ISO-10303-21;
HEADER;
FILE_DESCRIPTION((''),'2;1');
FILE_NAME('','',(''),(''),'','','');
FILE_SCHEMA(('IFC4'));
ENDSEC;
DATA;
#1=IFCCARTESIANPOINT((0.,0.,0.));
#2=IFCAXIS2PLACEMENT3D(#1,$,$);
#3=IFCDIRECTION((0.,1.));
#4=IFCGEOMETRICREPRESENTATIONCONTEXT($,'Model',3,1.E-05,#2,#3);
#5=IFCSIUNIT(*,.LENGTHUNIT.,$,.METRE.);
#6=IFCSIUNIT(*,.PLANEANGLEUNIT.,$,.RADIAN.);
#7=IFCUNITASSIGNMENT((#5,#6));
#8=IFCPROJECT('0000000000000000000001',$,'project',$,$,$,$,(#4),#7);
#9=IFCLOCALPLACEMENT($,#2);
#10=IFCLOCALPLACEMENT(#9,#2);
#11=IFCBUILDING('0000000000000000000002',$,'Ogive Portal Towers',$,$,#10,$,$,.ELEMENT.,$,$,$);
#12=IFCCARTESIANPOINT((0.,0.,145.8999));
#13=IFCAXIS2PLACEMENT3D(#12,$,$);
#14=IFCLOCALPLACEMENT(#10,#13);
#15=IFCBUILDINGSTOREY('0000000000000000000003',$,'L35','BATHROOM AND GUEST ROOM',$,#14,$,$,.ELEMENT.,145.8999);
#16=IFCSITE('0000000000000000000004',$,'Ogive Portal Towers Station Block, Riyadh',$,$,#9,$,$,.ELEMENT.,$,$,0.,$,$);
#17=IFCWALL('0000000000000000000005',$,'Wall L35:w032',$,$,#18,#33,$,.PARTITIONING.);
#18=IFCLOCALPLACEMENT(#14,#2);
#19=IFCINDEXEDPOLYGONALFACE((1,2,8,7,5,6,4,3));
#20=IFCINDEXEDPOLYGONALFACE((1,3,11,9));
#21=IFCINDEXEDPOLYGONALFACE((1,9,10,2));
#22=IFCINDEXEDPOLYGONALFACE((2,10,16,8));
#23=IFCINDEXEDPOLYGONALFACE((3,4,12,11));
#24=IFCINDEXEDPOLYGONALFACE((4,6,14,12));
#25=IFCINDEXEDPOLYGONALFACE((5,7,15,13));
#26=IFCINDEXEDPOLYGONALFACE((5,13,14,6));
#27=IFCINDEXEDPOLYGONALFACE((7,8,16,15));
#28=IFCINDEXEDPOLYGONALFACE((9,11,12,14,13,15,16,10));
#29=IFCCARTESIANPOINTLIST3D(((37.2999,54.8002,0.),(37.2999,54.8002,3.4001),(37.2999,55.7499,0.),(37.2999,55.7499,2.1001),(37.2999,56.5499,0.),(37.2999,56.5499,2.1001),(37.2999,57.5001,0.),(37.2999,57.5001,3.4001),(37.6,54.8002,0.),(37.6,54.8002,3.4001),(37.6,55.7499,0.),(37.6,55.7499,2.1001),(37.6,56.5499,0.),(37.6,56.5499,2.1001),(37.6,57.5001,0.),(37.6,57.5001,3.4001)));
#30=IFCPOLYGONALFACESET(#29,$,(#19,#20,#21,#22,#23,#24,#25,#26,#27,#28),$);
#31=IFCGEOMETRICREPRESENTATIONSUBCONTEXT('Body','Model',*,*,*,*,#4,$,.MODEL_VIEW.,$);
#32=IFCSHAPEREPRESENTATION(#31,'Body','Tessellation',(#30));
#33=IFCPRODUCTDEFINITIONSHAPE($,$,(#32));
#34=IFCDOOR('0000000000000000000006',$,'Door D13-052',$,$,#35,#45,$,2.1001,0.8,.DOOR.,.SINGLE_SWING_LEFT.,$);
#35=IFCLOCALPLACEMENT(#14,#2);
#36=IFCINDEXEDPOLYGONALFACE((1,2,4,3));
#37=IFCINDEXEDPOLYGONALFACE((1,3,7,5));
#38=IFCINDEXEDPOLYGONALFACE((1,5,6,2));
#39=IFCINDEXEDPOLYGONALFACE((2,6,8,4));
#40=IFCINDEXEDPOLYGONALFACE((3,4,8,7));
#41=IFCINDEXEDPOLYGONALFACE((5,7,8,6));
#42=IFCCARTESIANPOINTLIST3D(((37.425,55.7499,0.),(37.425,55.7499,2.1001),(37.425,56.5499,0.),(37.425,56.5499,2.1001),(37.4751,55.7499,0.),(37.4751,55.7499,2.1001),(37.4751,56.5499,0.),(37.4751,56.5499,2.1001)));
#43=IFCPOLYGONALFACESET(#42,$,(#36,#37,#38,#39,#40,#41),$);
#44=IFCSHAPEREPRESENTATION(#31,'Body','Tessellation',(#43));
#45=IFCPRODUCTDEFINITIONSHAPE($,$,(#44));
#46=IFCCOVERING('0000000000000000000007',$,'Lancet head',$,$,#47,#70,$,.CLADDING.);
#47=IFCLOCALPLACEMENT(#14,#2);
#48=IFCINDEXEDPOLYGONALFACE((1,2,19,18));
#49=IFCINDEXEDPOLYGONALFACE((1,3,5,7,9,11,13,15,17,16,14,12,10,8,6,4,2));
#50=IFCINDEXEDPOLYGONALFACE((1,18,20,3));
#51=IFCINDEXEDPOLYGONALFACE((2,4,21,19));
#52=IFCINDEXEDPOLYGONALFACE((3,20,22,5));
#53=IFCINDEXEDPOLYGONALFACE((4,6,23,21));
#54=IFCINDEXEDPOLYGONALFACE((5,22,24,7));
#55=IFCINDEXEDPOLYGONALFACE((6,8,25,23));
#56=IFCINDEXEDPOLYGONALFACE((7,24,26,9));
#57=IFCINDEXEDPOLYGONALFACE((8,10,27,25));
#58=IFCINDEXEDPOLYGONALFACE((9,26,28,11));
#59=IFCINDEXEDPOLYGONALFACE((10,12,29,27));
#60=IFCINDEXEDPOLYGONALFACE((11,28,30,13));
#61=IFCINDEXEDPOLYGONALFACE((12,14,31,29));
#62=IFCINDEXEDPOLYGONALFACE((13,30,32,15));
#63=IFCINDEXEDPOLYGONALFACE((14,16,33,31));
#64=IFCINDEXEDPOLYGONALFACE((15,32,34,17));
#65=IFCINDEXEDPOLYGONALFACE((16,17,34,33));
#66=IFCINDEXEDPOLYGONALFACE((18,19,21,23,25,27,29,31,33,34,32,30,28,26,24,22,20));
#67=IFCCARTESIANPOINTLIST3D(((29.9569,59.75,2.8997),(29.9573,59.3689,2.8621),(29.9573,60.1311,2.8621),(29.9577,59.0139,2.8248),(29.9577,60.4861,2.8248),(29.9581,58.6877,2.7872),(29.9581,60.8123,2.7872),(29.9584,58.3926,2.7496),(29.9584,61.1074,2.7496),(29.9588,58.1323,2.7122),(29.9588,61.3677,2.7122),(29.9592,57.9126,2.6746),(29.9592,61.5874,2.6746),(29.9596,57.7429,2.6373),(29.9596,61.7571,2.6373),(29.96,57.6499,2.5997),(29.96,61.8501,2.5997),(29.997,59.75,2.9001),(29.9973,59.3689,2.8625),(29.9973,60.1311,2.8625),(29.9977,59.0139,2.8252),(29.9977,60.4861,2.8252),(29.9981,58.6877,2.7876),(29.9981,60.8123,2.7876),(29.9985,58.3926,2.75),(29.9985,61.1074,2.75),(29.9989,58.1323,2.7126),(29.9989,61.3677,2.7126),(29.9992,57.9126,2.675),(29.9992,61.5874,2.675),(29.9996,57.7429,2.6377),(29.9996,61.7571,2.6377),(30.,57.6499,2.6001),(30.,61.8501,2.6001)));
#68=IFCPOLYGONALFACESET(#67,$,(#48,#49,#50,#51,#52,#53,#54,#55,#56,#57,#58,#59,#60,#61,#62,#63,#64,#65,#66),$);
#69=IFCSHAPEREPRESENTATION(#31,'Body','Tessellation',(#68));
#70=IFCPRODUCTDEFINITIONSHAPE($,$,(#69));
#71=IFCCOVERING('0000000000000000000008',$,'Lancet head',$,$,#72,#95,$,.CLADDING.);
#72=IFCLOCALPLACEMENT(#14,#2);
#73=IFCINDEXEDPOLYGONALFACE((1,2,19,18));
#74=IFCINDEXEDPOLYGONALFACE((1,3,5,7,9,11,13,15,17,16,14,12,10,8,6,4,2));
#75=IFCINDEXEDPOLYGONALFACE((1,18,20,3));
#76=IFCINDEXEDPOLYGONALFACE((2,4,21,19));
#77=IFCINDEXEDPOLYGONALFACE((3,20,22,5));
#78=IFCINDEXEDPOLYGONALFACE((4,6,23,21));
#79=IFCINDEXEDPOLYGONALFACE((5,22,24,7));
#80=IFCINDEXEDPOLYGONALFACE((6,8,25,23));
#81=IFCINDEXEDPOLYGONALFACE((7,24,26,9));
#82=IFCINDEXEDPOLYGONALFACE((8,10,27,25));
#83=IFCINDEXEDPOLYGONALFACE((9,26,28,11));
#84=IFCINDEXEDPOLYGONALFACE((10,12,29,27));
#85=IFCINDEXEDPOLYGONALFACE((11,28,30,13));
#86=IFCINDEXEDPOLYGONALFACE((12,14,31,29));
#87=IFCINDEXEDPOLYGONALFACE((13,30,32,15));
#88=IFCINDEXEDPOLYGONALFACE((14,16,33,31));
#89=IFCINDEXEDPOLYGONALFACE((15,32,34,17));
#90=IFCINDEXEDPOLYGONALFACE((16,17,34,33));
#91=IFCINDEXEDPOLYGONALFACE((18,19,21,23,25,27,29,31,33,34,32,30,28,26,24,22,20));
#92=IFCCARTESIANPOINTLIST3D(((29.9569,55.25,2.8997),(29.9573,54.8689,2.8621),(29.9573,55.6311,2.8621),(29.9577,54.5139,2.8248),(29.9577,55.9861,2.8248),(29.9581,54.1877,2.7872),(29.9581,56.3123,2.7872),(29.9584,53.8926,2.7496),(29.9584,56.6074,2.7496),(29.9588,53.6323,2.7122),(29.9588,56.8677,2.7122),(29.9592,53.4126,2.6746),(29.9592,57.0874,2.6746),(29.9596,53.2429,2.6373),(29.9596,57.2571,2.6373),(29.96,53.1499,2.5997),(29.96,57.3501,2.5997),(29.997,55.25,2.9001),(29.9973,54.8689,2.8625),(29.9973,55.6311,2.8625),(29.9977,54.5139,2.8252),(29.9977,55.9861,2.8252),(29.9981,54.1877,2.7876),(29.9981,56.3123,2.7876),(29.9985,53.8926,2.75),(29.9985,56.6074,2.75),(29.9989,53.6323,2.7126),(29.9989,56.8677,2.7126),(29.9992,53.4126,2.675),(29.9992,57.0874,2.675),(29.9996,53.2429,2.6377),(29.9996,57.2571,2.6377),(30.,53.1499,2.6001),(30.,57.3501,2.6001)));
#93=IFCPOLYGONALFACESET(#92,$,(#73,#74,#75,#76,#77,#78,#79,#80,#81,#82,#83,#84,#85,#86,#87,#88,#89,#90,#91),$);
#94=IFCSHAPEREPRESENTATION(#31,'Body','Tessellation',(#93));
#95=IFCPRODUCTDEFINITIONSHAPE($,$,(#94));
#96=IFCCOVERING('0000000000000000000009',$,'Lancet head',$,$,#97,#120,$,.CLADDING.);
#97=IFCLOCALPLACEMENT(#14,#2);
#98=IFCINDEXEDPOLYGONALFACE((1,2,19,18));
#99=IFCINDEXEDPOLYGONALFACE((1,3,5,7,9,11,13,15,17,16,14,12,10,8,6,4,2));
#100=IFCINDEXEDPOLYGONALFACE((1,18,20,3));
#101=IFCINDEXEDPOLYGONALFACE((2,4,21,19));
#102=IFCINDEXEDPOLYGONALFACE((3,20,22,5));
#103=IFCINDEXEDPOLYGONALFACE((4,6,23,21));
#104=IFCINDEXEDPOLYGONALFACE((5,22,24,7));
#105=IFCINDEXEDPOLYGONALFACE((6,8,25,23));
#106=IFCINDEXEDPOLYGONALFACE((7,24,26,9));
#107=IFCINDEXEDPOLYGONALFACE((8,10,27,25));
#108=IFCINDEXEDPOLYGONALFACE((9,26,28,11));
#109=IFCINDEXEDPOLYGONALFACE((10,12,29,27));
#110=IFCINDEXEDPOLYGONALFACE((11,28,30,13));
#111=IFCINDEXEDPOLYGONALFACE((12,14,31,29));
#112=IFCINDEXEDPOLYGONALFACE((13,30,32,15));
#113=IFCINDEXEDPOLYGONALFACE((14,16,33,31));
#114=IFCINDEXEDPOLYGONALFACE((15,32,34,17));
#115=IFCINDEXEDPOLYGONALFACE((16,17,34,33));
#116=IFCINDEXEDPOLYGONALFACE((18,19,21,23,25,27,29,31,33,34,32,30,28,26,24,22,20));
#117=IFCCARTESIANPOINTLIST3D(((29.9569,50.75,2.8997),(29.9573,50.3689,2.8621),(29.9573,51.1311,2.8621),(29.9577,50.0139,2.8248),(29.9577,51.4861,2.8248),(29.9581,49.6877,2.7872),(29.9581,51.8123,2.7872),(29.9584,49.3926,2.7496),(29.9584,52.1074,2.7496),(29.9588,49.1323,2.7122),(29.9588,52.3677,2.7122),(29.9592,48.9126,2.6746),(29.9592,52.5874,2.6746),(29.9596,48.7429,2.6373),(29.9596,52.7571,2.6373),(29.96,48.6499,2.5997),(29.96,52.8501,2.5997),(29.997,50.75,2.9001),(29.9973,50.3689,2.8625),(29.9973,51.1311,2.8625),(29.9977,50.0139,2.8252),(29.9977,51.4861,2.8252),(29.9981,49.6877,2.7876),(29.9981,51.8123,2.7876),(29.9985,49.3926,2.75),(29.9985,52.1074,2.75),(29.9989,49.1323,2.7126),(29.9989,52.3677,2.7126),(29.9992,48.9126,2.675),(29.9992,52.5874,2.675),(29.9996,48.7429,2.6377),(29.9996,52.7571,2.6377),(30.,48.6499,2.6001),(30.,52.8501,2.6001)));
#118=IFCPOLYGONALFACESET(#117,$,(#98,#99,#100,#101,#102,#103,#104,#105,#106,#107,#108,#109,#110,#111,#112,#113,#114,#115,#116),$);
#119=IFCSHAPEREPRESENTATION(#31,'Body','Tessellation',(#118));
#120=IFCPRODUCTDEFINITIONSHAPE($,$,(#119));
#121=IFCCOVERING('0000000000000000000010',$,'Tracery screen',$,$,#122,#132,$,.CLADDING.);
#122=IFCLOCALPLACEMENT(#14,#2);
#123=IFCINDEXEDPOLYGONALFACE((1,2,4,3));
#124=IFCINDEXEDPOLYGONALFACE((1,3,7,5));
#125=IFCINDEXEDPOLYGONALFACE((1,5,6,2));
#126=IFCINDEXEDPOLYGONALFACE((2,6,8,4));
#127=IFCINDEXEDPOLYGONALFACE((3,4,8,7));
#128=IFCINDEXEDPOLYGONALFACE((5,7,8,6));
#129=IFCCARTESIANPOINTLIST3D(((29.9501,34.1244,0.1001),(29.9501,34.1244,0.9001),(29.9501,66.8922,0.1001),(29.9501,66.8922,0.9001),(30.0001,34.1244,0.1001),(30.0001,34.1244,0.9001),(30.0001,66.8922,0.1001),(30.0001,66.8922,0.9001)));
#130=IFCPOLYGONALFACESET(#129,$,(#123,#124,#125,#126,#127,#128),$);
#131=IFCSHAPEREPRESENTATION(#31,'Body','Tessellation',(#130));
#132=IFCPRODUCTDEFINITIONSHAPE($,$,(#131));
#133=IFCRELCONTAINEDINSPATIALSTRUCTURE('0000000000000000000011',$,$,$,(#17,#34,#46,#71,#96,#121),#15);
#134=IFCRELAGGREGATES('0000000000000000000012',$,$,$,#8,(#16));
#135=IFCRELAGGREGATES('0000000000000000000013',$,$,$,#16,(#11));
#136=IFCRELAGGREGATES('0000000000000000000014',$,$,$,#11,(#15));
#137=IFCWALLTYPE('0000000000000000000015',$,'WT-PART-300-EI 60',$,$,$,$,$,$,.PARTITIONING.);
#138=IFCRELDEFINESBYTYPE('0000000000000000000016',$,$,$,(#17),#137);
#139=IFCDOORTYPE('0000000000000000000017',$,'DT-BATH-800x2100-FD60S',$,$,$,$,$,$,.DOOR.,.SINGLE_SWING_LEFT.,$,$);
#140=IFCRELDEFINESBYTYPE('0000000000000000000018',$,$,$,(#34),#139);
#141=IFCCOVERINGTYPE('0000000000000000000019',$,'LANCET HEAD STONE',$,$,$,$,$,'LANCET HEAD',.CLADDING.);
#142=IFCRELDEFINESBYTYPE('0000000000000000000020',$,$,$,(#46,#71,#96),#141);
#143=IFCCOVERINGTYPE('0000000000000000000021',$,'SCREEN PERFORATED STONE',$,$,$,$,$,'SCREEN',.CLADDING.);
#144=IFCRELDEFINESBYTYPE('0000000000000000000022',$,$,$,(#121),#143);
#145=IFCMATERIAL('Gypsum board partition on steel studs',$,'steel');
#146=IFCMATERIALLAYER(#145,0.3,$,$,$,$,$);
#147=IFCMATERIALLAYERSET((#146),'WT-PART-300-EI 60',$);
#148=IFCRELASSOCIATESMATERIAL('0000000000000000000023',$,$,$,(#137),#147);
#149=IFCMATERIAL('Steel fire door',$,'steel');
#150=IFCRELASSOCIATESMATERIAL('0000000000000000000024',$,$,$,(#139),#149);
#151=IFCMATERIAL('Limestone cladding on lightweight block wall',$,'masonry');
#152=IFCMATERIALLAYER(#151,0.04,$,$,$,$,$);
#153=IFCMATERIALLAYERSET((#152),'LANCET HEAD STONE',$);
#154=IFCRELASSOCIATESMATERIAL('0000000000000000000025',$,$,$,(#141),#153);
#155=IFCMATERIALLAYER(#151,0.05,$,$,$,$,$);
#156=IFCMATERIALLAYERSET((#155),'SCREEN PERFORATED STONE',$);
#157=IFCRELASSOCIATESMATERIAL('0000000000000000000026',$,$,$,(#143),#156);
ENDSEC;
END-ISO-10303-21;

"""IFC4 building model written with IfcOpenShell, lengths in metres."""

from ifc_helpers import new_model, si_unit, direction, frame, frame_2d, origin, origin_2d, place, context, subcontext, project, spatial, polyline, rectangle, outline, extrude, material, layer, layer_set, type_object, element, fill, save


model = new_model("IFC4")

# Units and contexts
model_context = context("Model", 3, precision=1e-05, world=origin(), true_north=direction((0.0, 1.0)))
body_context = subcontext(model_context, "Body", "Model", "MODEL_VIEW")
ifc_project = project(units=[si_unit("LENGTHUNIT", "METRE"), si_unit("PLANEANGLEUNIT", "RADIAN")], contexts=[model_context])

# Site, building, storey
site_placement = place(None, origin())
site = spatial("IfcSite", under=ifc_project, at=site_placement, Name="Ogive Portal Towers Station Block, Riyadh", CompositionType="ELEMENT", RefElevation=0.0)
building_placement = place(site_placement, origin())
building = spatial("IfcBuilding", under=site, at=building_placement, Name="Ogive Portal Towers", CompositionType="ELEMENT")
storey_placement = place(building_placement, frame((0.0, 0.0, 145.8999)))
storey = spatial("IfcBuildingStorey", under=building, at=storey_placement, Name="L35", Description="BATHROOM AND GUEST ROOM", CompositionType="ELEMENT", Elevation=145.8999)

# Shared definitions
ifc_material_1 = material(Name="Gypsum board partition on steel studs", Category="steel")
ifc_layer_1 = layer(ifc_material_1, 0.3)
ifc_layer_set_1 = layer_set([ifc_layer_1], Name="WT-PART-300-EI 60")
wall_type = type_object("IfcWallType", Name="WT-PART-300-EI 60", PredefinedType="PARTITIONING", material=ifc_layer_set_1)

# Wall, opening, door
ifc_material_2 = material(Name="Steel fire door", Category="steel")
door_type_1 = type_object("IfcDoorType", Name="DT-BATH-800x2100-FD60S", OperationType="SINGLE_SWING_LEFT", PredefinedType="DOOR", material=ifc_material_2)
wall_1_placement = place(storey_placement, frame((37.45, 54.8, 0.0), z_axis=(0.0, 0.0, 1.0), x_axis=(0.0, 1.0, 0.0)))
wall_1 = element("IfcWall", 1, at=wall_1_placement, inside=storey, type_object=wall_type, Name="Wall L35:w032", PredefinedType="PARTITIONING", context=body_context, shape_type="SweptSolid", body=[
    extrude(rectangle(XDim=2.7, YDim=0.3, at=frame_2d((1.3501, 0.0))), origin(), (0.0, 0.0, 1.0), 3.4001),
])
opening_1_placement = place(wall_1_placement, frame((0.95, 0.0, 0.0)))
opening_1 = element("IfcOpeningElement", 2, at=opening_1_placement, cuts=wall_1, PredefinedType="OPENING", context=body_context, shape_type="SweptSolid", body=[
    extrude(rectangle(XDim=0.8, YDim=2.1001, at=frame_2d((0.3999, 1.05))), frame((0.0, 0.1602, 0.0), z_axis=(0.0, -1.0, 0.0), x_axis=(1.0, 0.0, 0.0)), (0.0, 0.0, 1.0), 0.3201),
])
door_1_placement = place(opening_1_placement, origin())
door_1 = element("IfcDoor", 3, at=door_1_placement, inside=storey, type_object=door_type_1, Name="Door D13-052", OperationType="SINGLE_SWING_LEFT", OverallHeight=2.1001, OverallWidth=0.8, PredefinedType="DOOR", context=body_context, shape_type="SweptSolid", body=[
    extrude(rectangle(XDim=0.8, YDim=2.1001, at=frame_2d((0.3999, 1.05))), frame((0.0, 0.0249, 0.0), z_axis=(0.0, -1.0, 0.0), x_axis=(1.0, 0.0, 0.0)), (0.0, 0.0, 1.0), 0.05),
])
fill(opening_1, door_1)

# Coverings
ifc_material_3 = material(Name="Limestone cladding on lightweight block wall", Category="masonry")
ifc_layer_2 = layer(ifc_material_3, 0.04)
ifc_layer_set_2 = layer_set([ifc_layer_2], Name="LANCET HEAD STONE")
covering_type_1 = type_object("IfcCoveringType", Name="LANCET HEAD STONE", ElementType="LANCET HEAD", PredefinedType="CLADDING", material=ifc_layer_set_2)
for number, where, z_axis, x_axis, name in (
    (4, (30.0, 61.8501, 2.6001), (0.999949, 0.0, 0.010105), (0.0, -1.0, 0.0), "Lancet head"),
    (5, (30.0, 57.3501, 2.6001), (0.999949, 0.0, 0.010105), (0.0, -1.0, 0.0), "Lancet head"),
    (6, (30.0, 52.8501, 2.6001), (0.999949, 0.0, 0.010105), (0.0, -1.0, 0.0), "Lancet head"),
):
    element("IfcCovering", number, at=place(storey_placement, frame(where, z_axis=z_axis, x_axis=x_axis)), inside=storey, type_object=covering_type_1, Name=name, PredefinedType="CLADDING", context=body_context, shape_type="SweptSolid", body=[
        extrude(outline(polyline([(0.0, 0.0), (4.2002, 0.0), (4.1072, -0.0376), (3.9375, -0.075), (3.7178, -0.1126), (3.4575, -0.1499), (3.1624, -0.1875), (2.8362, -0.2251), (2.4812, -0.2625), (2.1001, -0.3001), (1.719, -0.2625), (1.364, -0.2251), (1.0378, -0.1875), (0.7427, -0.1499), (0.4824, -0.1126), (0.2627, -0.075), (0.093, -0.0376), (0.0, 0.0)])), origin(), (0.0, 0.0, -1.0), 0.04),
    ])
ifc_layer_3 = layer(ifc_material_3, 0.05)
ifc_layer_set_3 = layer_set([ifc_layer_3], Name="SCREEN PERFORATED STONE")
covering_type_2 = type_object("IfcCoveringType", Name="SCREEN PERFORATED STONE", ElementType="SCREEN", PredefinedType="CLADDING", material=ifc_layer_set_3)
covering_placement = place(storey_placement, frame((29.9751, 50.5083, 0.1001), z_axis=(0.0, 0.0, 1.0), x_axis=(0.0, -1.0, 0.0)))
element("IfcCovering", 7, at=covering_placement, inside=storey, type_object=covering_type_2, Name="Tracery screen", PredefinedType="CLADDING", context=body_context, shape_type="SweptSolid", body=[
    extrude(rectangle(XDim=32.7678, YDim=0.05, at=origin_2d()), origin(), (0.0, 0.0, 1.0), 0.8),
])

save(model, "model.ifc")
